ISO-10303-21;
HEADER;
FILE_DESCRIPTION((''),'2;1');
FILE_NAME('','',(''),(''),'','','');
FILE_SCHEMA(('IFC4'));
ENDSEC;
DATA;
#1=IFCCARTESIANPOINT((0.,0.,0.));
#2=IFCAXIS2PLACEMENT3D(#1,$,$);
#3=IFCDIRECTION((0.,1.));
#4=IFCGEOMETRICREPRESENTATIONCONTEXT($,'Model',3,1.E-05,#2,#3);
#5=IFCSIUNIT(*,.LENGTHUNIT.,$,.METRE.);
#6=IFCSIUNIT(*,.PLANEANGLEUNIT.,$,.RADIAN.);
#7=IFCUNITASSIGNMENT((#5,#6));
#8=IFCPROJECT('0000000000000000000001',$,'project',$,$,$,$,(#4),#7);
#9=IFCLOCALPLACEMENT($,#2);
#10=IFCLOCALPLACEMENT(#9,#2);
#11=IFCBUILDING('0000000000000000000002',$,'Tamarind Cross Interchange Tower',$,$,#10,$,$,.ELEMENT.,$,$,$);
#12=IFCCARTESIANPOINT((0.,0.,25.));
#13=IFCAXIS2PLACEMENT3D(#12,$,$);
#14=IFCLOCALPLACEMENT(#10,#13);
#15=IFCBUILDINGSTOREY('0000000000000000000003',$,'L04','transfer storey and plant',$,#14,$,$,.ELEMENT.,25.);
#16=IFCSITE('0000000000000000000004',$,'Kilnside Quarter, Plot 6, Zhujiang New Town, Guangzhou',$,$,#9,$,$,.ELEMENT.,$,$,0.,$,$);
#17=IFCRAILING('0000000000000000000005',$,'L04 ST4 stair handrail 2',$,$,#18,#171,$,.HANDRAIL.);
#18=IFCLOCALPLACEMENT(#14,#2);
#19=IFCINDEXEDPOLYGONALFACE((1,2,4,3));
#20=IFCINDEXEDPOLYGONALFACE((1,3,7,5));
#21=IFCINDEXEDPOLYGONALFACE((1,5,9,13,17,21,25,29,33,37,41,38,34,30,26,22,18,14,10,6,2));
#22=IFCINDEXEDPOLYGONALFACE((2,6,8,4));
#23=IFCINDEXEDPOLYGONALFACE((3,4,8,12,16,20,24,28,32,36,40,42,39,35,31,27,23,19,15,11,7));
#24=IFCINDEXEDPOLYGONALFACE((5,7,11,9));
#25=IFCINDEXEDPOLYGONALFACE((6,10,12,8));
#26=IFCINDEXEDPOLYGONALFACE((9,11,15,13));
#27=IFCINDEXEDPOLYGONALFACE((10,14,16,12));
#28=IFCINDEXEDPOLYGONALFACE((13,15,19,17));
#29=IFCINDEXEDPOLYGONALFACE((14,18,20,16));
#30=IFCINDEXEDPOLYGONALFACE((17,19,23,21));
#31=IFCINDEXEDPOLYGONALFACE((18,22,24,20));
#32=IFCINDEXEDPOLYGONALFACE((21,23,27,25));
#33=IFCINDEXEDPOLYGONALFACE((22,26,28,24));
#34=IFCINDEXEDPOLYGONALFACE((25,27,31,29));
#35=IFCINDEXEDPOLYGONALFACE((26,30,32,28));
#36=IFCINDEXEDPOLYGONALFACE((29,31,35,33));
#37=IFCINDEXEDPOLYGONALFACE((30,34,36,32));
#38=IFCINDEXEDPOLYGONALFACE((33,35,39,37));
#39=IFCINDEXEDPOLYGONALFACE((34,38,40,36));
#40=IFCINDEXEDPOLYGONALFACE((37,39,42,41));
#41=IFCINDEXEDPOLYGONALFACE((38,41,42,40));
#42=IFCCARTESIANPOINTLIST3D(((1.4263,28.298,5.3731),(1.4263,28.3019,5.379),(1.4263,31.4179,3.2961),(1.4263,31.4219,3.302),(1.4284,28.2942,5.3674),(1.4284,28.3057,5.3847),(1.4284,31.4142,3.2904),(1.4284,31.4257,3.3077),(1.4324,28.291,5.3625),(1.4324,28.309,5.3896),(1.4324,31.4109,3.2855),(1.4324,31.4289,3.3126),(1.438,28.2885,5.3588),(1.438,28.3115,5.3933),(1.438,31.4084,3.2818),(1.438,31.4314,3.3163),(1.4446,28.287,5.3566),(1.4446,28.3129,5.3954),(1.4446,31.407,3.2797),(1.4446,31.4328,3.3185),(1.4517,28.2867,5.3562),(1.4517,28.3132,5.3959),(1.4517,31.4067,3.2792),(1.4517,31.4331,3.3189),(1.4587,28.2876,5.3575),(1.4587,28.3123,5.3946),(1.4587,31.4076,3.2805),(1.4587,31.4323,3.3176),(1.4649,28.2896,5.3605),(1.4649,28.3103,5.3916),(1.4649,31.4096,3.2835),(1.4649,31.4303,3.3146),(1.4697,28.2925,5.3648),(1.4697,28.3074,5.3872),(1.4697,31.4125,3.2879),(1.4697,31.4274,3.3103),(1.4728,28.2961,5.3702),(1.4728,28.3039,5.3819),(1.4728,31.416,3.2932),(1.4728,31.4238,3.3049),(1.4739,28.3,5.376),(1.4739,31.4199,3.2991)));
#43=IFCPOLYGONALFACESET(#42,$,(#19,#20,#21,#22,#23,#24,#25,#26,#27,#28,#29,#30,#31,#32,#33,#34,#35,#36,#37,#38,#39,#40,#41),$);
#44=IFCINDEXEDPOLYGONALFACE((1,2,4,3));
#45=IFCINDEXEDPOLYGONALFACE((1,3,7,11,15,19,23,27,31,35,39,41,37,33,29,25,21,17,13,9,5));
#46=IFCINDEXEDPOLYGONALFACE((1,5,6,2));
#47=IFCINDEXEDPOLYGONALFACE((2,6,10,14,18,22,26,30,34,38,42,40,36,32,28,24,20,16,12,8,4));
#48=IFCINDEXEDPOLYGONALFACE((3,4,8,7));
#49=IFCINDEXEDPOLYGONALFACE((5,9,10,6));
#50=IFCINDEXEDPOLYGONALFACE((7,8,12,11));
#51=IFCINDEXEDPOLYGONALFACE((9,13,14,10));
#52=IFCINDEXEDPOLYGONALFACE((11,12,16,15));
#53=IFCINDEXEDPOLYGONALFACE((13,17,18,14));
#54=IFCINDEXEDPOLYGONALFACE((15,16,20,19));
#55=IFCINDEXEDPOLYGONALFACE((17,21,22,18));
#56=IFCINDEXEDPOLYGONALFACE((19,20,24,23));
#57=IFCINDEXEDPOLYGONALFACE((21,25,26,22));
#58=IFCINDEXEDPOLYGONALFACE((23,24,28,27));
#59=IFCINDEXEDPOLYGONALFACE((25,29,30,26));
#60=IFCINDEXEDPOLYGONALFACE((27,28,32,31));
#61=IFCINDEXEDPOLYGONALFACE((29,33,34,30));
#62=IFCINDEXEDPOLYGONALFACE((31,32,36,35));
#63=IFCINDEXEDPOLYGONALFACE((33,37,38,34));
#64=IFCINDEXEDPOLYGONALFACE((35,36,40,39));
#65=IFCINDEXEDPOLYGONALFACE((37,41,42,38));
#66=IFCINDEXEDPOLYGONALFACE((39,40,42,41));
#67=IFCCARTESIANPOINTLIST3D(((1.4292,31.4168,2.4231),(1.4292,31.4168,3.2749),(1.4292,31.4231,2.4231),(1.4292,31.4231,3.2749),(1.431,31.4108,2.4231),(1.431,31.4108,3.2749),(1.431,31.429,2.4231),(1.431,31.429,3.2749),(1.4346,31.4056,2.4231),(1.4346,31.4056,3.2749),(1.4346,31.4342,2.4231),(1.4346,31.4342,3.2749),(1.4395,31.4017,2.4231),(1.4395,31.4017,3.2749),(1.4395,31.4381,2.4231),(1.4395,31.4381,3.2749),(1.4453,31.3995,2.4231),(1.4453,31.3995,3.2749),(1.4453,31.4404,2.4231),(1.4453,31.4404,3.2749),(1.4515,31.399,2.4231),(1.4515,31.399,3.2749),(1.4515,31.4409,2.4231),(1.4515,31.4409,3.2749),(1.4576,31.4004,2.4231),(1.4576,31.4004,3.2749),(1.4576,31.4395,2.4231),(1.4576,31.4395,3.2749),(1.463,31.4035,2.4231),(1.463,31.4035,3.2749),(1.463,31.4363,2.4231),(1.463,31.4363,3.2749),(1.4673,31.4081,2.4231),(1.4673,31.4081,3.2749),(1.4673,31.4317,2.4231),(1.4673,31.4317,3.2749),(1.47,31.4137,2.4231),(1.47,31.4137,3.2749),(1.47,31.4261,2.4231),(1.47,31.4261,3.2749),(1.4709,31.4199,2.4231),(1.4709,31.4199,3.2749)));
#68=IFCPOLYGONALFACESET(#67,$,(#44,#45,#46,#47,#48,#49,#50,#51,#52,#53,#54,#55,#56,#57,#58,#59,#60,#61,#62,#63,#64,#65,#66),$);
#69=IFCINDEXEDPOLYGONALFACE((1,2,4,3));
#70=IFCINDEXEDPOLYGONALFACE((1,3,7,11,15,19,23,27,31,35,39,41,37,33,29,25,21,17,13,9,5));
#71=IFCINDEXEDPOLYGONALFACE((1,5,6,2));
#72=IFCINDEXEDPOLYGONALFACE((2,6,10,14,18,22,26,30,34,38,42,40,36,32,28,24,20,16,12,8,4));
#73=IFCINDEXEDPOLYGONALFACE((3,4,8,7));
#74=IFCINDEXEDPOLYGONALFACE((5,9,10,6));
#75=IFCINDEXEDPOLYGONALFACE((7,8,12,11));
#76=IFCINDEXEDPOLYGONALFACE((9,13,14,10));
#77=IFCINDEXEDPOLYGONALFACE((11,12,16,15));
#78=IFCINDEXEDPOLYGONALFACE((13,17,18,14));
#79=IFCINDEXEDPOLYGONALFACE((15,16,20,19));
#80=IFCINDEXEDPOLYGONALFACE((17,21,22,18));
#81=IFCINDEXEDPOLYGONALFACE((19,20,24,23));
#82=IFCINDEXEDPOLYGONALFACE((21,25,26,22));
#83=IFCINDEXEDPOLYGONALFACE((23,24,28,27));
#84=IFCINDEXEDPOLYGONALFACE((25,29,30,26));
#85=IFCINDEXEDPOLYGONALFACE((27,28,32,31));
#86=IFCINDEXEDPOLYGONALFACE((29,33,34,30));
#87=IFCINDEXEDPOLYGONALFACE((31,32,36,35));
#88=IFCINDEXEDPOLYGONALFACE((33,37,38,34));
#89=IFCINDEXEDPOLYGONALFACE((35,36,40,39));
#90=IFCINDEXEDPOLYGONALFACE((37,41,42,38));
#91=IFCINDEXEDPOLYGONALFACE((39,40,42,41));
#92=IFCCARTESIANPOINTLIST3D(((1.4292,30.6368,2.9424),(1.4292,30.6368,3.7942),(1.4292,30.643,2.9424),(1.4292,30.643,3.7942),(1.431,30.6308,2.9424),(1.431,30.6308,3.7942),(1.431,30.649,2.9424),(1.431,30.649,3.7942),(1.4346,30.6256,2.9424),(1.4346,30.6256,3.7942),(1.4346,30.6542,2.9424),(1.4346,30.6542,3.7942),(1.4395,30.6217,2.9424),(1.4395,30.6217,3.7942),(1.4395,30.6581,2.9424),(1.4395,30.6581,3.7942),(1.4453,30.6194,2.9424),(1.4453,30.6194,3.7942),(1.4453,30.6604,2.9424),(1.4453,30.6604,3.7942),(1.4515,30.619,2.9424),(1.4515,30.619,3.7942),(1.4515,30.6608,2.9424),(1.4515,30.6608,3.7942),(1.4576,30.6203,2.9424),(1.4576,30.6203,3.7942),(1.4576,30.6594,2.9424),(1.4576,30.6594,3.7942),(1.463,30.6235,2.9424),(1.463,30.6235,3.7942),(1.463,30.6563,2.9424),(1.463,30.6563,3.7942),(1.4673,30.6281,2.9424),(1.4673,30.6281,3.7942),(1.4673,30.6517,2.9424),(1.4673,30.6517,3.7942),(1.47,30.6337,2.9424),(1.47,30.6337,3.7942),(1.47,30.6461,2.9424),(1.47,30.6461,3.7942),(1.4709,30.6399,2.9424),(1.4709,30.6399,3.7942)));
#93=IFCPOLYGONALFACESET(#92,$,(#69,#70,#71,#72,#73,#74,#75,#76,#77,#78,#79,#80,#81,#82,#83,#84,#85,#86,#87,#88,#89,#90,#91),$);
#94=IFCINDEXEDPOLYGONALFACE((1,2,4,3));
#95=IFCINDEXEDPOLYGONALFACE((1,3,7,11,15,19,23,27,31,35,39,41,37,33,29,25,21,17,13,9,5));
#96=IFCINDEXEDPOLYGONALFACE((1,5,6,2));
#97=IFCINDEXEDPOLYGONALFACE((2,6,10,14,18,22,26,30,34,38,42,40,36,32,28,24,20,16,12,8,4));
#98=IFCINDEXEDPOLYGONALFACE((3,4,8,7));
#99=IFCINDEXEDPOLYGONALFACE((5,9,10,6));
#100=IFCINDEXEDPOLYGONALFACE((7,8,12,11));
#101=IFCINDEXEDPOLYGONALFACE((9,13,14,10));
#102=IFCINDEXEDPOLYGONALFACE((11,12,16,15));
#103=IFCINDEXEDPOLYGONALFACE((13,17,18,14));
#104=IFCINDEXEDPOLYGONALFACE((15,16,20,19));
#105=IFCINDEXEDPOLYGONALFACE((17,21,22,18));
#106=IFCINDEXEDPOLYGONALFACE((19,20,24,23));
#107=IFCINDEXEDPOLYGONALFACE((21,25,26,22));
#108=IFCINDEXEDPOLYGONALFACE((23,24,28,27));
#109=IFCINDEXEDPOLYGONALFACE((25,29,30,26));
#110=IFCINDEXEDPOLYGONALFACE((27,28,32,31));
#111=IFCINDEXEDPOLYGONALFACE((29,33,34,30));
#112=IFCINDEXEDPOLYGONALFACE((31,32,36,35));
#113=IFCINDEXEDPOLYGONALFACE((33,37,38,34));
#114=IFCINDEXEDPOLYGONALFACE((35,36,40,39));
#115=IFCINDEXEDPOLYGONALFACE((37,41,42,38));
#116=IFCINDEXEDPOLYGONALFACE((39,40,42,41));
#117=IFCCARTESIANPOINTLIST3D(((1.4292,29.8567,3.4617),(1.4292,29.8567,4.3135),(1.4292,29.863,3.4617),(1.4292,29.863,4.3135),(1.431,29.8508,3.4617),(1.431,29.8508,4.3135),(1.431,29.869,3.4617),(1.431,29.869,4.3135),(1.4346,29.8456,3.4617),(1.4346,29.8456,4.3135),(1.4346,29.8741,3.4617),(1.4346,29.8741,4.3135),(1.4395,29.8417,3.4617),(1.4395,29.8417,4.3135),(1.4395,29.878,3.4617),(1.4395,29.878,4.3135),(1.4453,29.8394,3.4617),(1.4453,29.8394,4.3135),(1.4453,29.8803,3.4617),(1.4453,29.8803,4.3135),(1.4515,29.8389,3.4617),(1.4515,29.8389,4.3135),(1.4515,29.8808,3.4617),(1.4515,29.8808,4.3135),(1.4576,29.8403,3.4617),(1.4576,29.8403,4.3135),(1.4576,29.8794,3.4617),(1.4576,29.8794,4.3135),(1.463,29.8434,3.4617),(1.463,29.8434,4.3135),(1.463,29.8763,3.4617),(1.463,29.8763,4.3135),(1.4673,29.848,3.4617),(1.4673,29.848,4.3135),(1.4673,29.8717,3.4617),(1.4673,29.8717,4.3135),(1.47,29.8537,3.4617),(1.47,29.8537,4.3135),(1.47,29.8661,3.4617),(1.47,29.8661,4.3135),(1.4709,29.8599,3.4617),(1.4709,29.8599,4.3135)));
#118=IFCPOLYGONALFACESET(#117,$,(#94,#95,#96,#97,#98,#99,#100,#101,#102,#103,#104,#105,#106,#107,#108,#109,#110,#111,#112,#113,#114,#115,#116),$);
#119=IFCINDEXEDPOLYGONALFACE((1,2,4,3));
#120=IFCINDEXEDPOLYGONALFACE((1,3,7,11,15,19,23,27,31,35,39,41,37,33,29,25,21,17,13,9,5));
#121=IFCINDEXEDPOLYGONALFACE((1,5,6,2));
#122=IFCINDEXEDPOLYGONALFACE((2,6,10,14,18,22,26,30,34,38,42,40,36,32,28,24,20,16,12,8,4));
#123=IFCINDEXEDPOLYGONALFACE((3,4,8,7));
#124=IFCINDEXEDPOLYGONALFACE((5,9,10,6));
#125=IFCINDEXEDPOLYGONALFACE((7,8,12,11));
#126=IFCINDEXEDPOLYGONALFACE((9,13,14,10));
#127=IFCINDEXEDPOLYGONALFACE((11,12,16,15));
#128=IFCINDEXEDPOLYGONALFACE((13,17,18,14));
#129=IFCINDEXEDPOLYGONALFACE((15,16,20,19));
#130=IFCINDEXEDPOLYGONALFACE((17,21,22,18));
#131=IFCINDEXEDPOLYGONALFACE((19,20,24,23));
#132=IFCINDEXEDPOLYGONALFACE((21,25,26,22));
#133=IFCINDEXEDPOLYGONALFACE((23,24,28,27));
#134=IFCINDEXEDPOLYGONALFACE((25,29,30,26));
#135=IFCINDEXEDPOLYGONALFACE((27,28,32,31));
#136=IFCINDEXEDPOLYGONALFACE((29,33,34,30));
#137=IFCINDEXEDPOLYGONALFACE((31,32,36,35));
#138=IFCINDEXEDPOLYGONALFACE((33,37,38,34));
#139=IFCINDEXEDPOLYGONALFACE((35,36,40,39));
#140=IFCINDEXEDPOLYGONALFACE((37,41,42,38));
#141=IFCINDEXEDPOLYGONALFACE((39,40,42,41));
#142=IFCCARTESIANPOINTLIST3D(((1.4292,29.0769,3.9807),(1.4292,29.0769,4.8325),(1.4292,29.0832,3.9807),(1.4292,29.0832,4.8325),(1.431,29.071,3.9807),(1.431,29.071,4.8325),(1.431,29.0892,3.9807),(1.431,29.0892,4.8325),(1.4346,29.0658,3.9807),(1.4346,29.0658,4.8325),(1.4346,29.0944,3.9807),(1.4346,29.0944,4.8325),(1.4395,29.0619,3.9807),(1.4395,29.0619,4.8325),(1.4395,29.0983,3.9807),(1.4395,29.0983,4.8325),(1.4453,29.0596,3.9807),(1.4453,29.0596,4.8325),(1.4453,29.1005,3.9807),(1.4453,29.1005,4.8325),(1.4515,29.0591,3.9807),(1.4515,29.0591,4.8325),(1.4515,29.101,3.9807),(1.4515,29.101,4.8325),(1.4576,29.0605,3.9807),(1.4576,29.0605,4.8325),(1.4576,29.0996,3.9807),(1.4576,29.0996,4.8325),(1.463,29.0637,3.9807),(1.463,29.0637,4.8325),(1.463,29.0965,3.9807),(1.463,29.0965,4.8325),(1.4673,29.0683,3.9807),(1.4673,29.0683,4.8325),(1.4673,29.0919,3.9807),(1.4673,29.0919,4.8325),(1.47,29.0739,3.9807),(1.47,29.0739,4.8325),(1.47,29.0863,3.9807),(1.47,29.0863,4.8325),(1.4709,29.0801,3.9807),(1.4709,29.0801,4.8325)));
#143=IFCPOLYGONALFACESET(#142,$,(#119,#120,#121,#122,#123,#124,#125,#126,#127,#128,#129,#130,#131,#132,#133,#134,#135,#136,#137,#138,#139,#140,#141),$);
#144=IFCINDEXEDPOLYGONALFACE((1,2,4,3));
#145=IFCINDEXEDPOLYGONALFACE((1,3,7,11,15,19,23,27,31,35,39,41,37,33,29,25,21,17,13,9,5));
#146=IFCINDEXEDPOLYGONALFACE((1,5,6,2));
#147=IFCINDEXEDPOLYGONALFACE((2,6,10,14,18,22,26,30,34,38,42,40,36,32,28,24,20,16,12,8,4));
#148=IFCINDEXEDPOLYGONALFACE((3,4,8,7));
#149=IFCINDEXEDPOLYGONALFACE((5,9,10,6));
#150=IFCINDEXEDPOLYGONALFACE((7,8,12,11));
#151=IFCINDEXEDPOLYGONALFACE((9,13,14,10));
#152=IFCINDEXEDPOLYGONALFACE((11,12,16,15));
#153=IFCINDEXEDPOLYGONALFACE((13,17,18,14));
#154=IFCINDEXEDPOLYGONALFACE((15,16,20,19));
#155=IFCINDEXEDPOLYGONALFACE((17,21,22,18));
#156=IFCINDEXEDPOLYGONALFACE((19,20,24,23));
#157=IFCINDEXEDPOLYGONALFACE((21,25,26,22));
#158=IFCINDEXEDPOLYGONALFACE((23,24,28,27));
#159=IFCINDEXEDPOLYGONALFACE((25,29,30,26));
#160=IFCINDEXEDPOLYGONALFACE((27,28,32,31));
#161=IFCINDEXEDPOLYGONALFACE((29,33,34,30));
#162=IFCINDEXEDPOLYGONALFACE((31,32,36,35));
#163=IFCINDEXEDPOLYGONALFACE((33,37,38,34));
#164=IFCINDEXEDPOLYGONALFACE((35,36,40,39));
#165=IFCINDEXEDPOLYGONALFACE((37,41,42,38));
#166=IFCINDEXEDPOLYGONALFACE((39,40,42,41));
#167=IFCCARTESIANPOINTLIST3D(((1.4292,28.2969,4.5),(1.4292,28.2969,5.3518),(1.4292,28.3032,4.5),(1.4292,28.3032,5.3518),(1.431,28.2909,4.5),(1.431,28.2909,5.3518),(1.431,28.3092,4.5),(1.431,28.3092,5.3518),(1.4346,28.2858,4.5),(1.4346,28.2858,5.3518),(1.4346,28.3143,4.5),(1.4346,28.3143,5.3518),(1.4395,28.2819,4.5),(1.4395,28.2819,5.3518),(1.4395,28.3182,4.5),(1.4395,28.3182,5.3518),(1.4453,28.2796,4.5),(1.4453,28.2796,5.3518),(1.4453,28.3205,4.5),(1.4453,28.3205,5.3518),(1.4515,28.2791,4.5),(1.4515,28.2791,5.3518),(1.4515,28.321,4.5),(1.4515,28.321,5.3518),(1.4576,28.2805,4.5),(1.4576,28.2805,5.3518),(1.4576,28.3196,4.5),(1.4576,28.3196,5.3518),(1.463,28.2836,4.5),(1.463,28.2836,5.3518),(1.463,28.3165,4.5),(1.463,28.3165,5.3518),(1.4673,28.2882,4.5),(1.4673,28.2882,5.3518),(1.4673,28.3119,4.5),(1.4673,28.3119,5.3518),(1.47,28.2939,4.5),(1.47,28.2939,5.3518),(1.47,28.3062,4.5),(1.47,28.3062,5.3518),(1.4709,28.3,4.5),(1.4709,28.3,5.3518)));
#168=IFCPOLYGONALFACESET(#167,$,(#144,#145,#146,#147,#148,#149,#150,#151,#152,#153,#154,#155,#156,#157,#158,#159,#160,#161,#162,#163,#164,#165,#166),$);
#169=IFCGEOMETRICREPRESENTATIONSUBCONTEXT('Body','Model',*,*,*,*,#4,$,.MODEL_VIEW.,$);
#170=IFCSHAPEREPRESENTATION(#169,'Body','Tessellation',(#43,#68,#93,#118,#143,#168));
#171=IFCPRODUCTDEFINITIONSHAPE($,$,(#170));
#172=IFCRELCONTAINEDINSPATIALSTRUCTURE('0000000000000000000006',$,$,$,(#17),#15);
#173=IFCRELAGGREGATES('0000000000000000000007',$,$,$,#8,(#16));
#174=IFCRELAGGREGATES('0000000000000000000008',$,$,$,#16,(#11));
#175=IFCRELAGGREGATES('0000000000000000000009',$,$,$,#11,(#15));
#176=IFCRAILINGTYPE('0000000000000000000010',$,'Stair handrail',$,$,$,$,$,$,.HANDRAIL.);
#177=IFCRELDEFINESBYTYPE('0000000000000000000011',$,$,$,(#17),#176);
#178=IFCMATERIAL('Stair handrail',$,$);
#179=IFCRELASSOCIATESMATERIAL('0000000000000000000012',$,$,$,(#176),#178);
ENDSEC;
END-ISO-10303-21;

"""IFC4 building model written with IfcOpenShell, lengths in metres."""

from ifc_helpers import new_model, si_unit, direction, frame, origin, origin_2d, place, context, subcontext, project, spatial, circle, extrude, material, type_object, element, save


model = new_model("IFC4")

# Units and contexts
model_context = context("Model", 3, precision=1e-05, world=origin(), true_north=direction((0.0, 1.0)))
body_context = subcontext(model_context, "Body", "Model", "MODEL_VIEW")
ifc_project = project(units=[si_unit("LENGTHUNIT", "METRE"), si_unit("PLANEANGLEUNIT", "RADIAN")], contexts=[model_context])

# Site, building, storey
site_placement = place(None, origin())
site = spatial("IfcSite", under=ifc_project, at=site_placement, Name="Kilnside Quarter, Plot 6, Zhujiang New Town, Guangzhou", CompositionType="ELEMENT", RefElevation=0.0)
building_placement = place(site_placement, origin())
building = spatial("IfcBuilding", under=site, at=building_placement, Name="Tamarind Cross Interchange Tower", CompositionType="ELEMENT")
storey_placement = place(building_placement, frame((0.0, 0.0, 25.0)))
storey = spatial("IfcBuildingStorey", under=building, at=storey_placement, Name="L04", Description="transfer storey and plant", CompositionType="ELEMENT", Elevation=25.0)

# Railing
ifc_material_1 = material(Name="Stair handrail")
railing_type_1 = type_object("IfcRailingType", Name="Stair handrail", PredefinedType="HANDRAIL", material=ifc_material_1)
railing_1_placement = place(storey_placement, frame((1.45, 31.4199, 2.4231)))
element("IfcRailing", 1, at=railing_1_placement, inside=storey, type_object=railing_type_1, Name="L04 ST4 stair handrail 2", PredefinedType="HANDRAIL", context=body_context, shape_type="SweptSolid", body=[
    extrude(circle(Radius=0.0239, at=origin_2d()), frame((0.0, 0.0, 0.876), z_axis=(0.0, -0.832421, 0.554144), x_axis=(1.0, 0.0, 0.0)), (0.0, 0.0, 1.0), 3.748),
    extrude(circle(Radius=0.021, at=origin_2d()), origin(), (0.0, 0.0, 1.0), 0.8518),
    extrude(circle(Radius=0.021, at=origin_2d()), frame((0.0, -0.78, 0.5193)), (0.0, 0.0, 1.0), 0.8518),
    extrude(circle(Radius=0.021, at=origin_2d()), frame((0.0, -1.5601, 1.0386)), (0.0, 0.0, 1.0), 0.8518),
    extrude(circle(Radius=0.021, at=origin_2d()), frame((0.0, -2.3398, 1.5576)), (0.0, 0.0, 1.0), 0.8518),
    extrude(circle(Radius=0.021, at=origin_2d()), frame((0.0, -3.1199, 2.0769)), (0.0, 0.0, 1.0), 0.8518),
])

save(model, "model.ifc")
